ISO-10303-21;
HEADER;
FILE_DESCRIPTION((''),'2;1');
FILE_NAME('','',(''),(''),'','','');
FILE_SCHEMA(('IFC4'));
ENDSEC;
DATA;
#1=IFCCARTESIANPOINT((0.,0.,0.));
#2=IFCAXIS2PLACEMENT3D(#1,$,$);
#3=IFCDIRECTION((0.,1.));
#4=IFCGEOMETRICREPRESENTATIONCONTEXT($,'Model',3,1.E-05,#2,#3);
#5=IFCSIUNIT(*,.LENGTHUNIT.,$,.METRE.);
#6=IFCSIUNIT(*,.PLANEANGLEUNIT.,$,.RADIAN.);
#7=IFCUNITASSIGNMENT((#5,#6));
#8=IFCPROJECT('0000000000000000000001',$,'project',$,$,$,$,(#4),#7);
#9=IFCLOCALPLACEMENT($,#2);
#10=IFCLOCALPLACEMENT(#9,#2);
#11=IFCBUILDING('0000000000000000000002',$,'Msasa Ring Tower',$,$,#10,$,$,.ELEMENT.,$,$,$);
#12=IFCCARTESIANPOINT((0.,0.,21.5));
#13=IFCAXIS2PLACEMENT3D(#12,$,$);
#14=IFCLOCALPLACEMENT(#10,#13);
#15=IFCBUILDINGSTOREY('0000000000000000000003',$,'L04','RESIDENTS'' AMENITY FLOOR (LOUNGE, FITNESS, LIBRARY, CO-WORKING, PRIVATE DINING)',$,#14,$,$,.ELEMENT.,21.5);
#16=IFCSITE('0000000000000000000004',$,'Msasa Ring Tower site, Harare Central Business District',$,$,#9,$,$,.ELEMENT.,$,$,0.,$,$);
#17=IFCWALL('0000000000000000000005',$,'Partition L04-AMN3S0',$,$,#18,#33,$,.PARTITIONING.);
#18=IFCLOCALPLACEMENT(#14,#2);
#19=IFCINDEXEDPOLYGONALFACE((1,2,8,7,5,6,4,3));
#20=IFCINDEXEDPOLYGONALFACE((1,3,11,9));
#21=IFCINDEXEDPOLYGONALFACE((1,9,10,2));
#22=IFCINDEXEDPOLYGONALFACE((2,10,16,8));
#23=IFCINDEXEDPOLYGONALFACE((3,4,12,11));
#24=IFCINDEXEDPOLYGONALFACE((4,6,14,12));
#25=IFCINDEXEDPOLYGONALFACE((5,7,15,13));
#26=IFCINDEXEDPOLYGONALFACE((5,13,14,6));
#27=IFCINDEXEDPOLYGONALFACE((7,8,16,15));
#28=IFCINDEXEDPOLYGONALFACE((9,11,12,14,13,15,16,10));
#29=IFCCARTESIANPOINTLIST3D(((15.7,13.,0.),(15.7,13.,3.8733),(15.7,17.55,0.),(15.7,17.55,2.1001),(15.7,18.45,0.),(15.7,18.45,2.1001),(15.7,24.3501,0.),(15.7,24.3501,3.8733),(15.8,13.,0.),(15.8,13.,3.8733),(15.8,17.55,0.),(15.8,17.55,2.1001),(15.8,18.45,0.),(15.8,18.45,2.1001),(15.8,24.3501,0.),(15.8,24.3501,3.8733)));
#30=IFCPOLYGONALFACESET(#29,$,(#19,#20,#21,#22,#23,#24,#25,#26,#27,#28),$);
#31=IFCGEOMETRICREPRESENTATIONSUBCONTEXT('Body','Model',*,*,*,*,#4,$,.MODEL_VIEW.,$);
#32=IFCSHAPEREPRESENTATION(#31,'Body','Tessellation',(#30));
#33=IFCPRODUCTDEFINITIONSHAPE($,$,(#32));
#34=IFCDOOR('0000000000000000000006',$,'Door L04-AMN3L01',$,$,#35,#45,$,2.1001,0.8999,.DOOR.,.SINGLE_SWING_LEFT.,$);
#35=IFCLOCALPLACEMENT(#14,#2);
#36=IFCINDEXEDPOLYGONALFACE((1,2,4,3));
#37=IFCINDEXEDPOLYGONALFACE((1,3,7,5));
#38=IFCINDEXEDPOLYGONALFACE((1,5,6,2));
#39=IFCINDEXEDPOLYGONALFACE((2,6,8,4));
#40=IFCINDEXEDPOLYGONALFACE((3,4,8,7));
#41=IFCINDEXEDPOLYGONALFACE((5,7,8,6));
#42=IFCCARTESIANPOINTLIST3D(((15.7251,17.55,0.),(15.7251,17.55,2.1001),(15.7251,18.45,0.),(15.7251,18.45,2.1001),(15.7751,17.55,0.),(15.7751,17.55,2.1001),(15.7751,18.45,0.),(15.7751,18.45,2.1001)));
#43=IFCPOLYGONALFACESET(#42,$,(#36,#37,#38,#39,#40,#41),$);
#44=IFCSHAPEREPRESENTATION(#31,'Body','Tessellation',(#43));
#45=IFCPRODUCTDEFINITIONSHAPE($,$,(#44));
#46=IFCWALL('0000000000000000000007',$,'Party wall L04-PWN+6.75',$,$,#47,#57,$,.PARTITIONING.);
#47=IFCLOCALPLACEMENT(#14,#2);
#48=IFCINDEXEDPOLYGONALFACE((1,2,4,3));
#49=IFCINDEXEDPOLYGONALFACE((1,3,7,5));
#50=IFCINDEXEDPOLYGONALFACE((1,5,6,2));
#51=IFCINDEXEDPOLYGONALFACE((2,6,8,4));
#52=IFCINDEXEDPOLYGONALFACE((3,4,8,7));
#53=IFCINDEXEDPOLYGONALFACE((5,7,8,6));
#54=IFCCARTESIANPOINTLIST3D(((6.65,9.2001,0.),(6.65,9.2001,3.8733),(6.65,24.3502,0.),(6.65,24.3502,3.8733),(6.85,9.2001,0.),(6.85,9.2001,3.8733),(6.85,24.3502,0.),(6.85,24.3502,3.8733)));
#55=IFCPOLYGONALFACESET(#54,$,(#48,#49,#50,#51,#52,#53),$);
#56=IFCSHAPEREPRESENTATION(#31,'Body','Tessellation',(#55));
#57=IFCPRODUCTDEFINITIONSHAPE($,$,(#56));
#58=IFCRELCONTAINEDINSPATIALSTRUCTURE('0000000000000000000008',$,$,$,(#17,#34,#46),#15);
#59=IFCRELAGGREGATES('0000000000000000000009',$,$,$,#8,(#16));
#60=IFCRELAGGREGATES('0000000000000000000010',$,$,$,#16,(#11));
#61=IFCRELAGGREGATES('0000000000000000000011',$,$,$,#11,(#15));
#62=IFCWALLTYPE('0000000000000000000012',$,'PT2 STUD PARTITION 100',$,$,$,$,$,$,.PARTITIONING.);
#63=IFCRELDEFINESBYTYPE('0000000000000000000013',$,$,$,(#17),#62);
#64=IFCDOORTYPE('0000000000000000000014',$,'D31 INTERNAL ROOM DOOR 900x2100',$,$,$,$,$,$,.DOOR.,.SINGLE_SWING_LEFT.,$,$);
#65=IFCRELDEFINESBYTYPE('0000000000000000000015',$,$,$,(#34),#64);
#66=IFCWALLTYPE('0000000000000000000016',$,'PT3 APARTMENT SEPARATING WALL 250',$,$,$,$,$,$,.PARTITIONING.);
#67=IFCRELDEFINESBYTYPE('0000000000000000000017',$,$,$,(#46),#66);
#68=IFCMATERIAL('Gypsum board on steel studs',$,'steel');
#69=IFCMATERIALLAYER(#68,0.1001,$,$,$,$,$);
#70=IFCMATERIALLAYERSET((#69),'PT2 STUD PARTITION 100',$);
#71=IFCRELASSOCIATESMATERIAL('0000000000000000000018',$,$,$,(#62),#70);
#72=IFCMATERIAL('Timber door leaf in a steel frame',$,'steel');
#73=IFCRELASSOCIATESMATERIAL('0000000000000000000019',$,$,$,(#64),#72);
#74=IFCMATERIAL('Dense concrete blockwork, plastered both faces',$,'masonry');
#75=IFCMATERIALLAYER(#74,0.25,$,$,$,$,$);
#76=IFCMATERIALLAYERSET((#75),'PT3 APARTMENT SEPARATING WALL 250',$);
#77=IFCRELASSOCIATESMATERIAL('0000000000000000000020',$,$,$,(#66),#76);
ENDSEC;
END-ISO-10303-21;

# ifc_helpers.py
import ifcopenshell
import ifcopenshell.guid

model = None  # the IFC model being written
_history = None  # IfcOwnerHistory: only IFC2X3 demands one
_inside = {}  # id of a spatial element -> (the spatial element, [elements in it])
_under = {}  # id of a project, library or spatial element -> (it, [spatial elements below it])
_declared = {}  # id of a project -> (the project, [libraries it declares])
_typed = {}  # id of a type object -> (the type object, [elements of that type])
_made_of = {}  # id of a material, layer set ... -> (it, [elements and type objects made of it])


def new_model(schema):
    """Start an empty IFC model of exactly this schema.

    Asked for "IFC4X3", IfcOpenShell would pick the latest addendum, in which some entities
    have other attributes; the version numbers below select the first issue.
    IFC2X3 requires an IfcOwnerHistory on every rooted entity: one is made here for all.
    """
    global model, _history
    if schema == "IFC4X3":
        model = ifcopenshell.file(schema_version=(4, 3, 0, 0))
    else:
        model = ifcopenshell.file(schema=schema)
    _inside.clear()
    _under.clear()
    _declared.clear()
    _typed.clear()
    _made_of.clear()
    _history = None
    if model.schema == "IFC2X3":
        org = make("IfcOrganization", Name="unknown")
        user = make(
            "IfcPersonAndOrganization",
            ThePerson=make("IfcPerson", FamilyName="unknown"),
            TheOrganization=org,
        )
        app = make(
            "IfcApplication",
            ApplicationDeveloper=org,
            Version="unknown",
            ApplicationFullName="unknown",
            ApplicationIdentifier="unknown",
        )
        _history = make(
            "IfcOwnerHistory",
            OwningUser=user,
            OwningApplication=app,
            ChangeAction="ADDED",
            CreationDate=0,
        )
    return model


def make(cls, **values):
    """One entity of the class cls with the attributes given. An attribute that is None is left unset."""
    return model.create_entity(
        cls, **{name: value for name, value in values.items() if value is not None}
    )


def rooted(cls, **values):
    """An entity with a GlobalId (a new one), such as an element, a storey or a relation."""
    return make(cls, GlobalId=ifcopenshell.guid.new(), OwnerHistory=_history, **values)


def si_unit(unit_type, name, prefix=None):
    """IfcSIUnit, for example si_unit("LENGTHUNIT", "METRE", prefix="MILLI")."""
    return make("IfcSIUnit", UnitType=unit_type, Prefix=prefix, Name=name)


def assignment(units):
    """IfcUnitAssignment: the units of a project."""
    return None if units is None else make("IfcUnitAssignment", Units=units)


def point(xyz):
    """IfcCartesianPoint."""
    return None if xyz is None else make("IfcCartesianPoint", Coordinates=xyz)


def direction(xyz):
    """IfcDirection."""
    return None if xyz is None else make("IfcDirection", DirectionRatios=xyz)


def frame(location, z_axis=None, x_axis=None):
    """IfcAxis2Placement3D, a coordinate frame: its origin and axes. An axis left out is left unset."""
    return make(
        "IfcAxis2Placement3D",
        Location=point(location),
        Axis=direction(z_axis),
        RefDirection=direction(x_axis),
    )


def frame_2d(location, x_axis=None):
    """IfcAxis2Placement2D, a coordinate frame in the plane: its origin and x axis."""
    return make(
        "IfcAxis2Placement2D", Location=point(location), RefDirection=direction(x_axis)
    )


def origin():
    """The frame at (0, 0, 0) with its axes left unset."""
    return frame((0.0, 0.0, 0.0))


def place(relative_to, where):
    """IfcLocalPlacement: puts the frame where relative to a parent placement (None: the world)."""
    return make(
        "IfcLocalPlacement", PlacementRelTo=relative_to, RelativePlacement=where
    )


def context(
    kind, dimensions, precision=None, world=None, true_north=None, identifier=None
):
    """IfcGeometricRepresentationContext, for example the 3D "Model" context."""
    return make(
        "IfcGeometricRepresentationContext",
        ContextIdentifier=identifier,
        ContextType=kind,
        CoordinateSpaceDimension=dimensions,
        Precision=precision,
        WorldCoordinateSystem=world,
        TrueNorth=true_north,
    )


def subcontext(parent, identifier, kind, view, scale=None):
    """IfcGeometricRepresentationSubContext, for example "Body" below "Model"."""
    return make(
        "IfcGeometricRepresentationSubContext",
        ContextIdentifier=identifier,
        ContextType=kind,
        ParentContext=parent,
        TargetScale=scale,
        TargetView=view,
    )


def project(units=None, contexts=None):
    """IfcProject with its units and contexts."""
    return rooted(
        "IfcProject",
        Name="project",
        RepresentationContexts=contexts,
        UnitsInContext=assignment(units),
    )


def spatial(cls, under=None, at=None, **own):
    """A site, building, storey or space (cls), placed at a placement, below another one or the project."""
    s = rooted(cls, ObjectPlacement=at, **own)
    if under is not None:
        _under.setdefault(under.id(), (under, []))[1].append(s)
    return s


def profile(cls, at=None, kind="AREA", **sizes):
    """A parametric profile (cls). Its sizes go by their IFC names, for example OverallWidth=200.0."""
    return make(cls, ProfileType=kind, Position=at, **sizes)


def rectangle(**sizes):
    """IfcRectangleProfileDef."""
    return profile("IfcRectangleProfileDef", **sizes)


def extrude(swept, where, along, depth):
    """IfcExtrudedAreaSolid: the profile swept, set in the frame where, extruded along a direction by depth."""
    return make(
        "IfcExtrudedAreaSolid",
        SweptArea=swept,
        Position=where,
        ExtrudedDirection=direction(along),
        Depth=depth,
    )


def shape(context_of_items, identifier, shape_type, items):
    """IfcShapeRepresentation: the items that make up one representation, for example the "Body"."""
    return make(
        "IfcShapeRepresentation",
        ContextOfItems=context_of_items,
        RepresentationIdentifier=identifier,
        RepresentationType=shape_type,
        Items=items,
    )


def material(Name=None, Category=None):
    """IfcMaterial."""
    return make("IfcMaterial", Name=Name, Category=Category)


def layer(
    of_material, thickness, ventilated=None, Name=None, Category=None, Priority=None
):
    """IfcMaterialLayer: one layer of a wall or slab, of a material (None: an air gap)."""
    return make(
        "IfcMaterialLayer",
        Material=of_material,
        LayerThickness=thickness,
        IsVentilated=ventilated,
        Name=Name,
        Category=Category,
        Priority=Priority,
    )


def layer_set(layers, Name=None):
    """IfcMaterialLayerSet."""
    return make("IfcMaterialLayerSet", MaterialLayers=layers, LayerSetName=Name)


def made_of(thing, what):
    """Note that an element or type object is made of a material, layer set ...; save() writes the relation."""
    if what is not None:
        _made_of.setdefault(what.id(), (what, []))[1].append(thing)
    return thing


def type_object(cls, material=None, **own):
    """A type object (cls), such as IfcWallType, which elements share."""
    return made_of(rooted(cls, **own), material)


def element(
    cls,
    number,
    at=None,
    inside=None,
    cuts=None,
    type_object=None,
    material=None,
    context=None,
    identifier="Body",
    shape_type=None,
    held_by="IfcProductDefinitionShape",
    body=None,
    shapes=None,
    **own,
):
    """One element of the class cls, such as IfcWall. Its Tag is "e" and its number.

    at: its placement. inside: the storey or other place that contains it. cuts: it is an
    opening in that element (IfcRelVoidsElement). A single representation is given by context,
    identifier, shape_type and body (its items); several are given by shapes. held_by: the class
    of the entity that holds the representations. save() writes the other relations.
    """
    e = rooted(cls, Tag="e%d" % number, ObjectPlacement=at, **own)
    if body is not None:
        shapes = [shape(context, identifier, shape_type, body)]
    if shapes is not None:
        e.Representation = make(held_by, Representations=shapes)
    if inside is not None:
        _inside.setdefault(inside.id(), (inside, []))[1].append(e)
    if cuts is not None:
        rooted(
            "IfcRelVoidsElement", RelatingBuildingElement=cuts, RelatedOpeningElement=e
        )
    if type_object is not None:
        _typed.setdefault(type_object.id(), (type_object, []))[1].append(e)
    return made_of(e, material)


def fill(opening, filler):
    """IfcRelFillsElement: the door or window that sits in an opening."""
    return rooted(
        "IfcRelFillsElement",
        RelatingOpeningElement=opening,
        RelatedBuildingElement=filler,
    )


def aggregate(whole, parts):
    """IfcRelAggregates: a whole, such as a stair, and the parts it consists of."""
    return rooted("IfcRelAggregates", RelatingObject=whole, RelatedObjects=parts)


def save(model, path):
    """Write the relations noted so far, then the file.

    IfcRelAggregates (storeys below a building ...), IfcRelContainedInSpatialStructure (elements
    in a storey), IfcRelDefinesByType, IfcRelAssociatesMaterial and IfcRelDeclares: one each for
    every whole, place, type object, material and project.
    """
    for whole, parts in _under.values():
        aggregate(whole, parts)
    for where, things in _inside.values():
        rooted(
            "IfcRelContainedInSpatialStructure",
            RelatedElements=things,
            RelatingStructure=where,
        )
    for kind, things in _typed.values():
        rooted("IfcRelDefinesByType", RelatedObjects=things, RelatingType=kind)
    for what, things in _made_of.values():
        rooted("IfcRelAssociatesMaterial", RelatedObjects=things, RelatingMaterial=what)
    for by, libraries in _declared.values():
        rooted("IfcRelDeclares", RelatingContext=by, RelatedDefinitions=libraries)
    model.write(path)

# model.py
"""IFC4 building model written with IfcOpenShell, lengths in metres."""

from ifc_helpers import new_model, si_unit, direction, frame, frame_2d, origin, place, context, subcontext, project, spatial, rectangle, extrude, material, layer, layer_set, type_object, element, fill, save


model = new_model("IFC4")

# Units and contexts
model_context = context("Model", 3, precision=1e-05, world=origin(), true_north=direction((0.0, 1.0)))
body_context = subcontext(model_context, "Body", "Model", "MODEL_VIEW")
ifc_project = project(units=[si_unit("LENGTHUNIT", "METRE"), si_unit("PLANEANGLEUNIT", "RADIAN")], contexts=[model_context])

# Site, building, storey
site_placement = place(None, origin())
site = spatial("IfcSite", under=ifc_project, at=site_placement, Name="Msasa Ring Tower site, Harare Central Business District", CompositionType="ELEMENT", RefElevation=0.0)
building_placement = place(site_placement, origin())
building = spatial("IfcBuilding", under=site, at=building_placement, Name="Msasa Ring Tower", CompositionType="ELEMENT")
storey_placement = place(building_placement, frame((0.0, 0.0, 21.5)))
storey = spatial("IfcBuildingStorey", under=building, at=storey_placement, Name="L04", Description="RESIDENTS' AMENITY FLOOR (LOUNGE, FITNESS, LIBRARY, CO-WORKING, PRIVATE DINING)", CompositionType="ELEMENT", Elevation=21.5)

# Shared definitions
ifc_material_1 = material(Name="Gypsum board on steel studs", Category="steel")
ifc_layer_1 = layer(ifc_material_1, 0.1001)
ifc_layer_set_1 = layer_set([ifc_layer_1], Name="PT2 STUD PARTITION 100")
wall_type_1 = type_object("IfcWallType", Name="PT2 STUD PARTITION 100", PredefinedType="PARTITIONING", material=ifc_layer_set_1)

# Wall, opening, door
wall_1_placement = place(storey_placement, frame((15.75, 13.0, 0.0), z_axis=(0.0, 0.0, 1.0), x_axis=(0.0, 1.0, 0.0)))
wall_1 = element("IfcWall", 1, at=wall_1_placement, inside=storey, type_object=wall_type_1, Name="Partition L04-AMN3S0", PredefinedType="PARTITIONING", context=body_context, shape_type="SweptSolid", body=[
    extrude(rectangle(XDim=11.3501, YDim=0.1001, at=frame_2d((5.675, 0.0))), origin(), (0.0, 0.0, 1.0), 3.8733),
])
opening_1_placement = place(wall_1_placement, frame((4.55, 0.0, 0.0)))
opening_1 = element("IfcOpeningElement", 2, at=opening_1_placement, cuts=wall_1, PredefinedType="OPENING", context=body_context, shape_type="SweptSolid", body=[
    extrude(rectangle(XDim=0.8999, YDim=2.1001, at=frame_2d((0.45, 1.05))), frame((0.0, 0.0601, 0.0), z_axis=(0.0, -1.0, 0.0), x_axis=(1.0, 0.0, 0.0)), (0.0, 0.0, 1.0), 0.1201),
])
ifc_material_2 = material(Name="Timber door leaf in a steel frame", Category="steel")
door_type_1 = type_object("IfcDoorType", Name="D31 INTERNAL ROOM DOOR 900x2100", OperationType="SINGLE_SWING_LEFT", PredefinedType="DOOR", material=ifc_material_2)
door_1_placement = place(opening_1_placement, origin())
door_1 = element("IfcDoor", 3, at=door_1_placement, inside=storey, type_object=door_type_1, Name="Door L04-AMN3L01", OperationType="SINGLE_SWING_LEFT", OverallHeight=2.1001, OverallWidth=0.8999, PredefinedType="DOOR", context=body_context, shape_type="SweptSolid", body=[
    extrude(rectangle(XDim=0.8999, YDim=2.1001, at=frame_2d((0.45, 1.05))), frame((0.0, 0.0249, 0.0), z_axis=(0.0, -1.0, 0.0), x_axis=(1.0, 0.0, 0.0)), (0.0, 0.0, 1.0), 0.05),
])
fill(opening_1, door_1)

# Wall
ifc_material_3 = material(Name="Dense concrete blockwork, plastered both faces", Category="masonry")
ifc_layer_2 = layer(ifc_material_3, 0.25)
ifc_layer_set_2 = layer_set([ifc_layer_2], Name="PT3 APARTMENT SEPARATING WALL 250")
wall_type_2 = type_object("IfcWallType", Name="PT3 APARTMENT SEPARATING WALL 250", PredefinedType="PARTITIONING", material=ifc_layer_set_2)
wall_2_placement = place(storey_placement, frame((6.75, 9.2, 0.0), z_axis=(0.0, 0.0, 1.0), x_axis=(0.0, 1.0, 0.0)))
element("IfcWall", 4, at=wall_2_placement, inside=storey, type_object=wall_type_2, Name="Party wall L04-PWN+6.75", PredefinedType="PARTITIONING", context=body_context, shape_type="SweptSolid", body=[
    extrude(rectangle(XDim=15.1501, YDim=0.2, at=frame_2d((7.5752, 0.0))), origin(), (0.0, 0.0, 1.0), 3.8733),
])

save(model, "model.ifc")
